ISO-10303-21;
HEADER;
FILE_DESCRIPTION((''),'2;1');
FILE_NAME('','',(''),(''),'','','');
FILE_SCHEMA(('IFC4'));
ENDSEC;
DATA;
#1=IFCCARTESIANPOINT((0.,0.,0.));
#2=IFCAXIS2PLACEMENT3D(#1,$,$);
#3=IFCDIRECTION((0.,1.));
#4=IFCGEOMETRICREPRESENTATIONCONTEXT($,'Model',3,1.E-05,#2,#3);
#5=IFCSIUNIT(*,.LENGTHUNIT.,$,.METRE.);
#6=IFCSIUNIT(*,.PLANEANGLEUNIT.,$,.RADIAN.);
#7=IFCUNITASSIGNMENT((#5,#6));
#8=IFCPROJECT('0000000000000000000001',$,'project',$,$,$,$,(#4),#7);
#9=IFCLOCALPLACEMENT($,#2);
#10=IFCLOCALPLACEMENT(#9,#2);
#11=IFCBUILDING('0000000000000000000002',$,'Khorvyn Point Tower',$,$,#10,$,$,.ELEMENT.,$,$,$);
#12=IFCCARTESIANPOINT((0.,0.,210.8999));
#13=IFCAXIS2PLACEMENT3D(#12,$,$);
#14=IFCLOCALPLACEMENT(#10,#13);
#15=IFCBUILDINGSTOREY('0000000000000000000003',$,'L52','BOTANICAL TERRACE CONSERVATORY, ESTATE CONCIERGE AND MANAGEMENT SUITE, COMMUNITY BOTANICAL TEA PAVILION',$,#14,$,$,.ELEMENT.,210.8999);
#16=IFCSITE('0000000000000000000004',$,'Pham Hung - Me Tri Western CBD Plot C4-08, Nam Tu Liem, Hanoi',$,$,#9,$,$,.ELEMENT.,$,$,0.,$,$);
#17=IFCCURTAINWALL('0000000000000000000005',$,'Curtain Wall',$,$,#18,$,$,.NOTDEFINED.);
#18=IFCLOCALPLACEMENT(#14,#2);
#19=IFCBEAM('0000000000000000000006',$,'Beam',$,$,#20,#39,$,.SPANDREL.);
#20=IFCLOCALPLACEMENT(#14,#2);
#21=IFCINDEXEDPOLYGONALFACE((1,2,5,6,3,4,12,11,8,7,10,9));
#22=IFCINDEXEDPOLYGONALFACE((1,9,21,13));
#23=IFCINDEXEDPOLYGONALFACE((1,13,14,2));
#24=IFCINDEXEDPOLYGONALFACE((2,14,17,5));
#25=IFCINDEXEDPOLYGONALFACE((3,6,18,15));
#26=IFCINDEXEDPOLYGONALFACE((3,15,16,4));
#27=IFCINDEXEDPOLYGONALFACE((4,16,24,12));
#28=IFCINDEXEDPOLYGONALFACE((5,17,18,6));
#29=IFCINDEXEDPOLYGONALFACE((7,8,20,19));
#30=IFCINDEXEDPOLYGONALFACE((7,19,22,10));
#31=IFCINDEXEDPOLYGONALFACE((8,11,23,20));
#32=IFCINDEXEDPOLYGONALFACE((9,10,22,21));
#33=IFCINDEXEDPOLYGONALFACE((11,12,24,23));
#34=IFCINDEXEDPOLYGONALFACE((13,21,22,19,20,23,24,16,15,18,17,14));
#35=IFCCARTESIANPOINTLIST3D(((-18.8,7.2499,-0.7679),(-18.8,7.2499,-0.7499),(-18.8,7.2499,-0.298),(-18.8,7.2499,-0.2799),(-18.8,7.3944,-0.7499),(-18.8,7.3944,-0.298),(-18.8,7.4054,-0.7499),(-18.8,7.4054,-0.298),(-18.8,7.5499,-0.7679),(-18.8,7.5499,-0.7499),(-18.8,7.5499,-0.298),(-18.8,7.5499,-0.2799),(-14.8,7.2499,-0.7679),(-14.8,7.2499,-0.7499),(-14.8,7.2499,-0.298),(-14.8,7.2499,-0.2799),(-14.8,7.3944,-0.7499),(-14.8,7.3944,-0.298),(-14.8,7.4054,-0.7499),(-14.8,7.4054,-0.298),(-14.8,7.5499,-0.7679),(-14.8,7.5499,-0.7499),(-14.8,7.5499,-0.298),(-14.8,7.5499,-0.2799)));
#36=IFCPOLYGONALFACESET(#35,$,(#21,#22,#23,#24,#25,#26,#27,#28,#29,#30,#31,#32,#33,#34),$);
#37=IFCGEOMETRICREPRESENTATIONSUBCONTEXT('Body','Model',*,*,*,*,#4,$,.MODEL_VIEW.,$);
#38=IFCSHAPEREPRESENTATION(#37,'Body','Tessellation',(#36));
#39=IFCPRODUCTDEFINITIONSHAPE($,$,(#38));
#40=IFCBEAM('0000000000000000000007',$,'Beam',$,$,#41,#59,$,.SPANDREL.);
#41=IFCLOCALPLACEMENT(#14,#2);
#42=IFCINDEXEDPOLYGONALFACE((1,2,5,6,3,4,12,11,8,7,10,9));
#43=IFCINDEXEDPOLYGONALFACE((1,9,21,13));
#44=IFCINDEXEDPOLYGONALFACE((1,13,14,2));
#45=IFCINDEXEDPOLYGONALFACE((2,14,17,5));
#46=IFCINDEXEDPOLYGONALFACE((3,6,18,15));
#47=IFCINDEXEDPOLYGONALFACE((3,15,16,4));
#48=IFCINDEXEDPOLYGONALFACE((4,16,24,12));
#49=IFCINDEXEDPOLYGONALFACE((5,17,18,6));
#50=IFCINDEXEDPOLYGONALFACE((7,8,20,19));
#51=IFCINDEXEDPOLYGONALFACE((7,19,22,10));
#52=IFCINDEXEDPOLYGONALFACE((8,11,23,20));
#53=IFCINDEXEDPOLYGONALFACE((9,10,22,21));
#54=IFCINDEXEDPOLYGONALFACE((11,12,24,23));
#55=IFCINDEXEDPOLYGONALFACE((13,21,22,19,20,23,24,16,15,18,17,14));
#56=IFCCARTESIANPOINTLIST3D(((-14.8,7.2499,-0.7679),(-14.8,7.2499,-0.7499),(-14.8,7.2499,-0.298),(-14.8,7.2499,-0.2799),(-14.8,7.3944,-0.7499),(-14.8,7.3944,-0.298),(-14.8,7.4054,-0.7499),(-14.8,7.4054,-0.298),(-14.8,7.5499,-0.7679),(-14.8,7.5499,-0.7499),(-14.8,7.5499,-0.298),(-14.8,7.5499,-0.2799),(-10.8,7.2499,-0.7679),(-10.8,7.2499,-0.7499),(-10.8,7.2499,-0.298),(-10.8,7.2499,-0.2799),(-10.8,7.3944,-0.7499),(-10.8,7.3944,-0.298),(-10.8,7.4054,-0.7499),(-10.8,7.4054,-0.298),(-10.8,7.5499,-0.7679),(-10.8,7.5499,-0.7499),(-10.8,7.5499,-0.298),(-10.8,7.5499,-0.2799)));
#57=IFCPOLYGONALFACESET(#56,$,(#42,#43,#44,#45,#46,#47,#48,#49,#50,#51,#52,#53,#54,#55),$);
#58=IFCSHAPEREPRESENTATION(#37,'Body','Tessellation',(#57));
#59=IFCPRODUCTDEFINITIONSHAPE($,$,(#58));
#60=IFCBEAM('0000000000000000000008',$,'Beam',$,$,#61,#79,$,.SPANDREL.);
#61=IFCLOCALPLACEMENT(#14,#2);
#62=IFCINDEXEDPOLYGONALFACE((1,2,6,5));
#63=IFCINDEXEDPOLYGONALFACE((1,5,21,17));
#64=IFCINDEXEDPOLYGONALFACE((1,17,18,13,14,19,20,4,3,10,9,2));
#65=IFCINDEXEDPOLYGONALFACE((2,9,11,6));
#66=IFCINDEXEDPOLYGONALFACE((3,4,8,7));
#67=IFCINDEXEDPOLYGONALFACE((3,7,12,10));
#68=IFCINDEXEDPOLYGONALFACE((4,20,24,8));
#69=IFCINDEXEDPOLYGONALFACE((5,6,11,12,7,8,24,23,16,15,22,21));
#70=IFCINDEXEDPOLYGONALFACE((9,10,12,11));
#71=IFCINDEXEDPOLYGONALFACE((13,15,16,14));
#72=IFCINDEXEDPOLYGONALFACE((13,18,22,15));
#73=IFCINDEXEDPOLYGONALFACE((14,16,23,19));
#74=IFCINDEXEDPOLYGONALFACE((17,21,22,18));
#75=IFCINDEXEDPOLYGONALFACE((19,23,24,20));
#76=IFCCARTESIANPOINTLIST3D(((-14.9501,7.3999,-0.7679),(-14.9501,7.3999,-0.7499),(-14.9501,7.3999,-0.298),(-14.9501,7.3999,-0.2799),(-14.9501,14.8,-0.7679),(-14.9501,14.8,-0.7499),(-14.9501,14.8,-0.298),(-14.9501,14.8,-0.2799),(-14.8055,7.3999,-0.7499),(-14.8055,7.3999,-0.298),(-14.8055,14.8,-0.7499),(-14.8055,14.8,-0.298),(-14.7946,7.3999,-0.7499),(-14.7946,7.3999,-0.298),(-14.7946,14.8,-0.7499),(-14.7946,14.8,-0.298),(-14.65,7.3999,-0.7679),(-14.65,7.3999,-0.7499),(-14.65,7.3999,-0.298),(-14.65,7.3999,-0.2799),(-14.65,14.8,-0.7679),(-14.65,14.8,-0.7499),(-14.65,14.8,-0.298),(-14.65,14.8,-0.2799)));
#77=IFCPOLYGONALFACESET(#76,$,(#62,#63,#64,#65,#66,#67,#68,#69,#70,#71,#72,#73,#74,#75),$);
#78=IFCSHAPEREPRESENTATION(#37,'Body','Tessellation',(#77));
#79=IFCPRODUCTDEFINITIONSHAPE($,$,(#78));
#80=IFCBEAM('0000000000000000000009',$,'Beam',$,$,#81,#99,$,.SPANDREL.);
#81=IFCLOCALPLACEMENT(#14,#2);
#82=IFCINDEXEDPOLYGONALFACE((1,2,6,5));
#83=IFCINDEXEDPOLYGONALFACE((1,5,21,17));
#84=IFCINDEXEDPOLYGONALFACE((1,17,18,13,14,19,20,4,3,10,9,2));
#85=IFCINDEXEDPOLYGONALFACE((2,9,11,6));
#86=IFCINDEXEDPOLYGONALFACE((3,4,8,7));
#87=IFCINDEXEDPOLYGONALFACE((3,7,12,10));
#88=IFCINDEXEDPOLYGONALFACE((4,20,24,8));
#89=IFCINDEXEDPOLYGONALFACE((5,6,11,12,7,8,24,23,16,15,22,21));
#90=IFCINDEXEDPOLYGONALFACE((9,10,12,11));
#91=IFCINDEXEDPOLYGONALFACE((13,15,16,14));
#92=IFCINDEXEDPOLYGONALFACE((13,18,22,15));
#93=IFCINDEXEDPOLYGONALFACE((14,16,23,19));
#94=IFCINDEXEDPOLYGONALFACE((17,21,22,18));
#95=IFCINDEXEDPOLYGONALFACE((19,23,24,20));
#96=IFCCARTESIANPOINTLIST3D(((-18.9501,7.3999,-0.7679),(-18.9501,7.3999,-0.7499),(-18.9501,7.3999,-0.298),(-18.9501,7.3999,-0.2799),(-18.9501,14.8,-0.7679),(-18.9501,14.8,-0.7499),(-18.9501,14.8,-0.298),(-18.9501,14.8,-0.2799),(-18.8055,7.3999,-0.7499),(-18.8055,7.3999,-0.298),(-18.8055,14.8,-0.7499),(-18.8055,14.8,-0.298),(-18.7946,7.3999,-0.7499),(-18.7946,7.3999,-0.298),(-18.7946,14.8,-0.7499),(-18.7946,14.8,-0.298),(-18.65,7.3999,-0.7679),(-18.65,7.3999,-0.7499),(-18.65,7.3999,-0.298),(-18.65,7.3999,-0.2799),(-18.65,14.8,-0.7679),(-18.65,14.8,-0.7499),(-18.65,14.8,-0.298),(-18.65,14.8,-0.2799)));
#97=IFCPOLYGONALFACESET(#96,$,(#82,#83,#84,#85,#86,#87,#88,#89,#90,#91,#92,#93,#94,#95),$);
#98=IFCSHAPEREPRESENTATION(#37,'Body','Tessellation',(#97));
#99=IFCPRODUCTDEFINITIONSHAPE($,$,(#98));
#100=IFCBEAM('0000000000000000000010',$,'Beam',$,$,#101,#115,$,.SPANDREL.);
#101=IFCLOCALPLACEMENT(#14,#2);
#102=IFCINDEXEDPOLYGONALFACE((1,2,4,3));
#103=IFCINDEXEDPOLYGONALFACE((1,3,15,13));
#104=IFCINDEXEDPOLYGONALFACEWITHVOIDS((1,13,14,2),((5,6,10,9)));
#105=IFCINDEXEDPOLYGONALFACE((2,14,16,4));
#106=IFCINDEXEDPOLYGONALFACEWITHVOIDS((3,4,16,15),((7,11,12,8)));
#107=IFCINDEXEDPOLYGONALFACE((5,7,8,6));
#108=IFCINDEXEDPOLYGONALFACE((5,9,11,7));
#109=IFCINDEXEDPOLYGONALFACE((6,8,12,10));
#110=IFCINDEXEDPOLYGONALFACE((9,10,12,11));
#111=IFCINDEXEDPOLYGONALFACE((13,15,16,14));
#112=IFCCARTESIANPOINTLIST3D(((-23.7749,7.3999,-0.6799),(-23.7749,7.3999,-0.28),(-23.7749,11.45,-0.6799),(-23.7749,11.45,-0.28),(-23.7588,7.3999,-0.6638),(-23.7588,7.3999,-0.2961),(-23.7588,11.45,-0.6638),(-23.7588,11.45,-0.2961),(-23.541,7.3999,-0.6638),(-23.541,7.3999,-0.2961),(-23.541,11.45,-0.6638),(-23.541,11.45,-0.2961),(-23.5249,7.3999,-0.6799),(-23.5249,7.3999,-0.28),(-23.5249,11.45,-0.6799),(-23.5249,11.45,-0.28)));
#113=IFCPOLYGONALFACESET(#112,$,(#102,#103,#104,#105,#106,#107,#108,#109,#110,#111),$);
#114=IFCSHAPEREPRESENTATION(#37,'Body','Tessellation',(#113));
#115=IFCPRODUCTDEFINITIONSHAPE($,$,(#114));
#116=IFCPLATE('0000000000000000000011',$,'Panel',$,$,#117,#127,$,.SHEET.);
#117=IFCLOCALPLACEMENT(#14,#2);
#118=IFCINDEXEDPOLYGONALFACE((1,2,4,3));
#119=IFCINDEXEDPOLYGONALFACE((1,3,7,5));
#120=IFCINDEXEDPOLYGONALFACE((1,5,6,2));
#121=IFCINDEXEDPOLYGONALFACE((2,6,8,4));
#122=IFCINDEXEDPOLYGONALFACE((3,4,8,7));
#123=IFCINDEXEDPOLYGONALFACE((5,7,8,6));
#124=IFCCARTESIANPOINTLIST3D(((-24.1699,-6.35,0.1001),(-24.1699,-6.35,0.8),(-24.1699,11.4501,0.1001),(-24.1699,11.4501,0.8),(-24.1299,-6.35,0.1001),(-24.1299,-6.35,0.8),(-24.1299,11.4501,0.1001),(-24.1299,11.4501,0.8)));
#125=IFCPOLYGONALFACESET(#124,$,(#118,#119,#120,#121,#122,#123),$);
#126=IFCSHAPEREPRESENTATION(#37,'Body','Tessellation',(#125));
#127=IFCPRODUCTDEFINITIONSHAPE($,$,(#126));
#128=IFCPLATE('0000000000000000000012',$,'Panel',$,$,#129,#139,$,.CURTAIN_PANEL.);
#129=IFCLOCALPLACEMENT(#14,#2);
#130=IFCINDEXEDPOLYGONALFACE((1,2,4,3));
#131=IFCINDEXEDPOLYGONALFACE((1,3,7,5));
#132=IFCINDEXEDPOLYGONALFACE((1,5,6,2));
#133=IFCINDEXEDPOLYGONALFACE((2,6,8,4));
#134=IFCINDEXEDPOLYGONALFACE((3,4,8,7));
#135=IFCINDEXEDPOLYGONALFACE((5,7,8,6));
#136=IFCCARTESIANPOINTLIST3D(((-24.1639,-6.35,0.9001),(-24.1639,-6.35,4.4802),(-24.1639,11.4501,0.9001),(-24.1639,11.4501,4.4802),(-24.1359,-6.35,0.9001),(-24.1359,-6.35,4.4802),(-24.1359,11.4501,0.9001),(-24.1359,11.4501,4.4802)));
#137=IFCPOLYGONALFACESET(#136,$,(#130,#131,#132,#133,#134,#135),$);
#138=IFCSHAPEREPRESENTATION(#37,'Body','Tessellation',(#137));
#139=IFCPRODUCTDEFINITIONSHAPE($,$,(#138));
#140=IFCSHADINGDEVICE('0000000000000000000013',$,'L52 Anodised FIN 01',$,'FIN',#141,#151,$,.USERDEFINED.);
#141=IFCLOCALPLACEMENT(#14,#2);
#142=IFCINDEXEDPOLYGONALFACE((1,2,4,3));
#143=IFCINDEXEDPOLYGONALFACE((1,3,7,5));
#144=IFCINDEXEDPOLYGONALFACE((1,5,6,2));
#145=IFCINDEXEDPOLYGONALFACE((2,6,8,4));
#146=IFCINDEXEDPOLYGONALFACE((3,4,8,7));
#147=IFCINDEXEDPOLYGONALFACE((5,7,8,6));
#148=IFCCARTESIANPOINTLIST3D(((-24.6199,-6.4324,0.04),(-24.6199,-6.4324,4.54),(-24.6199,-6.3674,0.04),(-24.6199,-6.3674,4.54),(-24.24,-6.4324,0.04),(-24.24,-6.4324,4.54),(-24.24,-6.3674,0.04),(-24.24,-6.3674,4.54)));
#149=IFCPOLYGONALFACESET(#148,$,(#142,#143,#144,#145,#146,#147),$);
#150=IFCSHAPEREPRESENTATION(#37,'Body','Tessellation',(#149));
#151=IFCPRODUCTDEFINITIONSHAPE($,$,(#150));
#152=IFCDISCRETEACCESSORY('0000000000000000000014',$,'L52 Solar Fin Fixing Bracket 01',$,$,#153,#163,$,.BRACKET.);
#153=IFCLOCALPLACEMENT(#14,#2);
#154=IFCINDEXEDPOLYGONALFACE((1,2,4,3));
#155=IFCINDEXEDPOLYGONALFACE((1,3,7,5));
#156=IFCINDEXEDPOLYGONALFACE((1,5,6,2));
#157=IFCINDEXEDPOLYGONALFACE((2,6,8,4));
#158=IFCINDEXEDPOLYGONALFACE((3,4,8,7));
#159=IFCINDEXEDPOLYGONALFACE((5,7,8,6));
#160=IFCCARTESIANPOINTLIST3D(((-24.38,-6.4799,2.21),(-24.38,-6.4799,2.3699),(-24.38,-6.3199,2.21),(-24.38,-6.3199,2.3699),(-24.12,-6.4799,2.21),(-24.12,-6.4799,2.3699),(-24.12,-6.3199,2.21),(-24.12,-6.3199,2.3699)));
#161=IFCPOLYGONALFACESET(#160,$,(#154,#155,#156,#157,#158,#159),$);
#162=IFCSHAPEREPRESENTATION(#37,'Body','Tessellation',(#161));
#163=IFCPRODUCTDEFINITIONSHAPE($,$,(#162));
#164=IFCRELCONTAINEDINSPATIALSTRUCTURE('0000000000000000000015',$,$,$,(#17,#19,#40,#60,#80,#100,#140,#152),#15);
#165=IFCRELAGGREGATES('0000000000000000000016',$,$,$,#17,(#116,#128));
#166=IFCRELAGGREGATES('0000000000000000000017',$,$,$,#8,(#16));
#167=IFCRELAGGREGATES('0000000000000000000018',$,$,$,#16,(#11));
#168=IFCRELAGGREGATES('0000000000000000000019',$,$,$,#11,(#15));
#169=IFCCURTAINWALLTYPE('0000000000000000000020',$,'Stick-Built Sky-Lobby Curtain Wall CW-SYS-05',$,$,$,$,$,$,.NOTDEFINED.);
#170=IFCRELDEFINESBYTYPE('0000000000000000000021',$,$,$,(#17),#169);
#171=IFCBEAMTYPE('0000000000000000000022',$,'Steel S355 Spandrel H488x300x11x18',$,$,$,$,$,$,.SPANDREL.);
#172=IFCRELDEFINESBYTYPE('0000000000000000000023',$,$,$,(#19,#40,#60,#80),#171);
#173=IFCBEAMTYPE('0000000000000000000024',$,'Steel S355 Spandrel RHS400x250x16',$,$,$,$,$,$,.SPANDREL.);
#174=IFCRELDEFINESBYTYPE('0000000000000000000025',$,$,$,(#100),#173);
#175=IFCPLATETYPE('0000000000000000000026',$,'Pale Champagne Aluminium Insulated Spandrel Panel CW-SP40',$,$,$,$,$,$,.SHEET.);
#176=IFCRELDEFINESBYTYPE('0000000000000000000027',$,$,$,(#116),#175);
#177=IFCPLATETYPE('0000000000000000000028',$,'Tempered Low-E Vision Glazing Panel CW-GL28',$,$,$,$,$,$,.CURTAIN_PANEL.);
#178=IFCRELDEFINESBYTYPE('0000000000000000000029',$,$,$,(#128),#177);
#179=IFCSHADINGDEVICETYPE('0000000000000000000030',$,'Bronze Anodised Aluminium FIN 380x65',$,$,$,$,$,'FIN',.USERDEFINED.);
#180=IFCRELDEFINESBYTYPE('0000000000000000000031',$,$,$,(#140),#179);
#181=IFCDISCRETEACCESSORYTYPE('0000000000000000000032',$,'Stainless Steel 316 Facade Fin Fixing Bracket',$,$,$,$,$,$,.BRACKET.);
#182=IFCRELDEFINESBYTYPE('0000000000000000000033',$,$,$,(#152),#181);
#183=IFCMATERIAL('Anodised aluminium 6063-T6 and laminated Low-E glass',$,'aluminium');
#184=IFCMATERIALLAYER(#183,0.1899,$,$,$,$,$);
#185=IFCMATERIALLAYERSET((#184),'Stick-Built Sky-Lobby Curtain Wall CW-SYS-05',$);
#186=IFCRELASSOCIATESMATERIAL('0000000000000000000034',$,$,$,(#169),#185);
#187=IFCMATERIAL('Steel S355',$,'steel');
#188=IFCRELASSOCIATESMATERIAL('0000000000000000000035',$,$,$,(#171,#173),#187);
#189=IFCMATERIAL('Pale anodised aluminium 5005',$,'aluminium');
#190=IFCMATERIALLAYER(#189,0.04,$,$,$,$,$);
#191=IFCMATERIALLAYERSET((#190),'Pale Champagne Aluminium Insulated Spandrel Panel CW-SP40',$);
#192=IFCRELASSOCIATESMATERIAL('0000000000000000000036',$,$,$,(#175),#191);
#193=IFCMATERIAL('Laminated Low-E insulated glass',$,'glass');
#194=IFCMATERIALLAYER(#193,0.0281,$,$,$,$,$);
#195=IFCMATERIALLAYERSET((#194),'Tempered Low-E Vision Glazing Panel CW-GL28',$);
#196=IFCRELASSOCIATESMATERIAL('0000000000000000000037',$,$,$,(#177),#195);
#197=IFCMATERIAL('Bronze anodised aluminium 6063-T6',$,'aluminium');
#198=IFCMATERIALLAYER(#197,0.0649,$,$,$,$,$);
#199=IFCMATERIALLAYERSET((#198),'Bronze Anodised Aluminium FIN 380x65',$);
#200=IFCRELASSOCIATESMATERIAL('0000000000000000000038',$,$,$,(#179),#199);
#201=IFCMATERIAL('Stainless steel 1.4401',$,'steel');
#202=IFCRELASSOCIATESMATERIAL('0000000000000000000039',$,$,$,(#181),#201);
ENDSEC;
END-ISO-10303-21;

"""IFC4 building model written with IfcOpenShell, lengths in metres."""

from ifc_helpers import new_model, si_unit, direction, frame, origin, origin_2d, place, context, subcontext, project, spatial, rectangle, hollow_rectangle, i_section, extrude, material, layer, layer_set, material_profile, profile_set, type_object, element, aggregate, save


model = new_model("IFC4")

# Units and contexts
model_context = context("Model", 3, precision=1e-05, world=origin(), true_north=direction((0.0, 1.0)))
body_context = subcontext(model_context, "Body", "Model", "MODEL_VIEW")
ifc_project = project(units=[si_unit("LENGTHUNIT", "METRE"), si_unit("PLANEANGLEUNIT", "RADIAN")], contexts=[model_context])

# Site, building, storey
site_placement = place(None, origin())
site = spatial("IfcSite", under=ifc_project, at=site_placement, Name="Pham Hung - Me Tri Western CBD Plot C4-08, Nam Tu Liem, Hanoi", CompositionType="ELEMENT", RefElevation=0.0)
building_placement = place(site_placement, origin())
building = spatial("IfcBuilding", under=site, at=building_placement, Name="Khorvyn Point Tower", CompositionType="ELEMENT")
storey_placement = place(building_placement, frame((0.0, 0.0, 210.8999)))
storey = spatial("IfcBuildingStorey", under=building, at=storey_placement, Name="L52", Description="BOTANICAL TERRACE CONSERVATORY, ESTATE CONCIERGE AND MANAGEMENT SUITE, COMMUNITY BOTANICAL TEA PAVILION", CompositionType="ELEMENT", Elevation=210.8999)

# Curtain wall
ifc_material_1 = material(Name="Anodised aluminium 6063-T6 and laminated Low-E glass", Category="aluminium")
ifc_layer_1 = layer(ifc_material_1, 0.1899)
ifc_layer_set_1 = layer_set([ifc_layer_1], Name="Stick-Built Sky-Lobby Curtain Wall CW-SYS-05")
curtain_wall_type = type_object("IfcCurtainWallType", Name="Stick-Built Sky-Lobby Curtain Wall CW-SYS-05", PredefinedType="NOTDEFINED", material=ifc_layer_set_1)
curtain_wall_placement = place(storey_placement, origin())
curtain_wall = element("IfcCurtainWall", 1, at=curtain_wall_placement, inside=storey, type_object=curtain_wall_type, Name="Curtain Wall", PredefinedType="NOTDEFINED")

# Beams
ifc_material_2 = material(Name="Steel S355", Category="steel")
ifc_material_profile_1 = material_profile(ifc_material_2, i_section(OverallWidth=0.3, OverallDepth=0.488, WebThickness=0.011, FlangeThickness=0.0181, at=origin_2d()))
ifc_profile_set_1 = profile_set([ifc_material_profile_1], Name="Steel S355 H488x300x11x18")
beam_type_1 = type_object("IfcBeamType", Name="Steel S355 Spandrel H488x300x11x18", PredefinedType="SPANDREL", material=ifc_profile_set_1)
for number, where, z_axis, x_axis, name in (
    (2, (-18.8, 7.3999, -0.5239), (1.0, 0.0, 0.0), (0.0, 1.0, 0.0), "Beam"),
    (3, (-14.8, 7.3999, -0.5239), (1.0, 0.0, 0.0), (0.0, 1.0, 0.0), "Beam"),
):
    element("IfcBeam", number, at=place(storey_placement, frame(where, z_axis=z_axis, x_axis=x_axis)), inside=storey, type_object=beam_type_1, Name=name, PredefinedType="SPANDREL", context=body_context, shape_type="SweptSolid", body=[
        extrude(i_section(OverallWidth=0.3, OverallDepth=0.488, WebThickness=0.011, FlangeThickness=0.0181, at=origin_2d()), origin(), (0.0, 0.0, 1.0), 4.0),
    ])
for number, where, z_axis, x_axis, name in (
    (4, (-14.8, 7.3999, -0.5239), (0.0, 1.0, 0.0), (-1.0, 0.0, 0.0), "Beam"),
    (5, (-18.8, 7.3999, -0.5239), (0.0, 1.0, 0.0), (-1.0, 0.0, 0.0), "Beam"),
):
    element("IfcBeam", number, at=place(storey_placement, frame(where, z_axis=z_axis, x_axis=x_axis)), inside=storey, type_object=beam_type_1, Name=name, PredefinedType="SPANDREL", context=body_context, shape_type="SweptSolid", body=[
        extrude(i_section(OverallWidth=0.3, OverallDepth=0.488, WebThickness=0.011, FlangeThickness=0.0181, at=origin_2d()), origin(), (0.0, 0.0, 1.0), 7.4001),
    ])
ifc_material_profile_2 = material_profile(ifc_material_2, hollow_rectangle(XDim=0.25, YDim=0.3999, WallThickness=0.0161, at=origin_2d()))
ifc_profile_set_2 = profile_set([ifc_material_profile_2], Name="Steel S355 RHS400x250x16")
beam_type_2 = type_object("IfcBeamType", Name="Steel S355 Spandrel RHS400x250x16", PredefinedType="SPANDREL", material=ifc_profile_set_2)
beam_1_placement = place(storey_placement, frame((-23.6499, 7.3999, -0.48), z_axis=(0.0, 1.0, 0.0), x_axis=(-1.0, 0.0, 0.0)))
element("IfcBeam", 6, at=beam_1_placement, inside=storey, type_object=beam_type_2, Name="Beam", PredefinedType="SPANDREL", context=body_context, shape_type="SweptSolid", body=[
    extrude(hollow_rectangle(XDim=0.25, YDim=0.3999, WallThickness=0.0161, at=origin_2d()), origin(), (0.0, 0.0, 1.0), 4.05),
])

# Plates
ifc_material_3 = material(Name="Pale anodised aluminium 5005", Category="aluminium")
ifc_layer_2 = layer(ifc_material_3, 0.04)
ifc_layer_set_2 = layer_set([ifc_layer_2], Name="Pale Champagne Aluminium Insulated Spandrel Panel CW-SP40")
plate_type_1 = type_object("IfcPlateType", Name="Pale Champagne Aluminium Insulated Spandrel Panel CW-SP40", PredefinedType="SHEET", material=ifc_layer_set_2)
plate_1_placement = place(storey_placement, frame((-24.1499, 2.55, 0.1001), z_axis=(0.0, 0.0, 1.0), x_axis=(0.0, 1.0, 0.0)))
plate_1 = element("IfcPlate", 7, at=plate_1_placement, type_object=plate_type_1, Name="Panel", PredefinedType="SHEET", context=body_context, shape_type="SweptSolid", body=[
    extrude(rectangle(XDim=17.8, YDim=0.04, at=origin_2d()), origin(), (0.0, 0.0, 1.0), 0.7),
])
ifc_material_4 = material(Name="Laminated Low-E insulated glass", Category="glass")
ifc_layer_3 = layer(ifc_material_4, 0.0281)
ifc_layer_set_3 = layer_set([ifc_layer_3], Name="Tempered Low-E Vision Glazing Panel CW-GL28")
plate_type_2 = type_object("IfcPlateType", Name="Tempered Low-E Vision Glazing Panel CW-GL28", PredefinedType="CURTAIN_PANEL", material=ifc_layer_set_3)
plate_2_placement = place(storey_placement, frame((-24.1499, 2.55, 0.9001), z_axis=(0.0, 0.0, 1.0), x_axis=(0.0, 1.0, 0.0)))
plate_2 = element("IfcPlate", 8, at=plate_2_placement, type_object=plate_type_2, Name="Panel", PredefinedType="CURTAIN_PANEL", context=body_context, shape_type="SweptSolid", body=[
    extrude(rectangle(XDim=17.8, YDim=0.0281, at=origin_2d()), origin(), (0.0, 0.0, 1.0), 3.5801),
])
aggregate(curtain_wall, [plate_1, plate_2])

# Shading device
ifc_material_5 = material(Name="Bronze anodised aluminium 6063-T6", Category="aluminium")
ifc_layer_4 = layer(ifc_material_5, 0.0649)
ifc_layer_set_4 = layer_set([ifc_layer_4], Name="Bronze Anodised Aluminium FIN 380x65")
shading_device_type = type_object("IfcShadingDeviceType", Name="Bronze Anodised Aluminium FIN 380x65", ElementType="FIN", PredefinedType="USERDEFINED", material=ifc_layer_set_4)
shading_device_placement = place(storey_placement, frame((-24.4299, -6.3999, 0.04), z_axis=(0.0, 0.0, 1.0), x_axis=(-1.0, 0.0, 0.0)))
element("IfcShadingDevice", 9, at=shading_device_placement, inside=storey, type_object=shading_device_type, Name="L52 Anodised FIN 01", ObjectType="FIN", PredefinedType="USERDEFINED", context=body_context, shape_type="SweptSolid", body=[
    extrude(rectangle(XDim=0.3799, YDim=0.0649, at=origin_2d()), origin(), (0.0, 0.0, 1.0), 4.5),
])

# Discrete accessory
ifc_material_6 = material(Name="Stainless steel 1.4401", Category="steel")
discrete_accessory_type = type_object("IfcDiscreteAccessoryType", Name="Stainless Steel 316 Facade Fin Fixing Bracket", PredefinedType="BRACKET", material=ifc_material_6)
discrete_accessory_placement = place(storey_placement, frame((-24.25, -6.3999, 2.21), z_axis=(0.0, 0.0, 1.0), x_axis=(0.0, 1.0, 0.0)))
element("IfcDiscreteAccessory", 10, at=discrete_accessory_placement, inside=storey, type_object=discrete_accessory_type, Name="L52 Solar Fin Fixing Bracket 01", PredefinedType="BRACKET", context=body_context, shape_type="SweptSolid", body=[
    extrude(rectangle(XDim=0.1599, YDim=0.26, at=origin_2d()), origin(), (0.0, 0.0, 1.0), 0.1599),
])

save(model, "model.ifc")
